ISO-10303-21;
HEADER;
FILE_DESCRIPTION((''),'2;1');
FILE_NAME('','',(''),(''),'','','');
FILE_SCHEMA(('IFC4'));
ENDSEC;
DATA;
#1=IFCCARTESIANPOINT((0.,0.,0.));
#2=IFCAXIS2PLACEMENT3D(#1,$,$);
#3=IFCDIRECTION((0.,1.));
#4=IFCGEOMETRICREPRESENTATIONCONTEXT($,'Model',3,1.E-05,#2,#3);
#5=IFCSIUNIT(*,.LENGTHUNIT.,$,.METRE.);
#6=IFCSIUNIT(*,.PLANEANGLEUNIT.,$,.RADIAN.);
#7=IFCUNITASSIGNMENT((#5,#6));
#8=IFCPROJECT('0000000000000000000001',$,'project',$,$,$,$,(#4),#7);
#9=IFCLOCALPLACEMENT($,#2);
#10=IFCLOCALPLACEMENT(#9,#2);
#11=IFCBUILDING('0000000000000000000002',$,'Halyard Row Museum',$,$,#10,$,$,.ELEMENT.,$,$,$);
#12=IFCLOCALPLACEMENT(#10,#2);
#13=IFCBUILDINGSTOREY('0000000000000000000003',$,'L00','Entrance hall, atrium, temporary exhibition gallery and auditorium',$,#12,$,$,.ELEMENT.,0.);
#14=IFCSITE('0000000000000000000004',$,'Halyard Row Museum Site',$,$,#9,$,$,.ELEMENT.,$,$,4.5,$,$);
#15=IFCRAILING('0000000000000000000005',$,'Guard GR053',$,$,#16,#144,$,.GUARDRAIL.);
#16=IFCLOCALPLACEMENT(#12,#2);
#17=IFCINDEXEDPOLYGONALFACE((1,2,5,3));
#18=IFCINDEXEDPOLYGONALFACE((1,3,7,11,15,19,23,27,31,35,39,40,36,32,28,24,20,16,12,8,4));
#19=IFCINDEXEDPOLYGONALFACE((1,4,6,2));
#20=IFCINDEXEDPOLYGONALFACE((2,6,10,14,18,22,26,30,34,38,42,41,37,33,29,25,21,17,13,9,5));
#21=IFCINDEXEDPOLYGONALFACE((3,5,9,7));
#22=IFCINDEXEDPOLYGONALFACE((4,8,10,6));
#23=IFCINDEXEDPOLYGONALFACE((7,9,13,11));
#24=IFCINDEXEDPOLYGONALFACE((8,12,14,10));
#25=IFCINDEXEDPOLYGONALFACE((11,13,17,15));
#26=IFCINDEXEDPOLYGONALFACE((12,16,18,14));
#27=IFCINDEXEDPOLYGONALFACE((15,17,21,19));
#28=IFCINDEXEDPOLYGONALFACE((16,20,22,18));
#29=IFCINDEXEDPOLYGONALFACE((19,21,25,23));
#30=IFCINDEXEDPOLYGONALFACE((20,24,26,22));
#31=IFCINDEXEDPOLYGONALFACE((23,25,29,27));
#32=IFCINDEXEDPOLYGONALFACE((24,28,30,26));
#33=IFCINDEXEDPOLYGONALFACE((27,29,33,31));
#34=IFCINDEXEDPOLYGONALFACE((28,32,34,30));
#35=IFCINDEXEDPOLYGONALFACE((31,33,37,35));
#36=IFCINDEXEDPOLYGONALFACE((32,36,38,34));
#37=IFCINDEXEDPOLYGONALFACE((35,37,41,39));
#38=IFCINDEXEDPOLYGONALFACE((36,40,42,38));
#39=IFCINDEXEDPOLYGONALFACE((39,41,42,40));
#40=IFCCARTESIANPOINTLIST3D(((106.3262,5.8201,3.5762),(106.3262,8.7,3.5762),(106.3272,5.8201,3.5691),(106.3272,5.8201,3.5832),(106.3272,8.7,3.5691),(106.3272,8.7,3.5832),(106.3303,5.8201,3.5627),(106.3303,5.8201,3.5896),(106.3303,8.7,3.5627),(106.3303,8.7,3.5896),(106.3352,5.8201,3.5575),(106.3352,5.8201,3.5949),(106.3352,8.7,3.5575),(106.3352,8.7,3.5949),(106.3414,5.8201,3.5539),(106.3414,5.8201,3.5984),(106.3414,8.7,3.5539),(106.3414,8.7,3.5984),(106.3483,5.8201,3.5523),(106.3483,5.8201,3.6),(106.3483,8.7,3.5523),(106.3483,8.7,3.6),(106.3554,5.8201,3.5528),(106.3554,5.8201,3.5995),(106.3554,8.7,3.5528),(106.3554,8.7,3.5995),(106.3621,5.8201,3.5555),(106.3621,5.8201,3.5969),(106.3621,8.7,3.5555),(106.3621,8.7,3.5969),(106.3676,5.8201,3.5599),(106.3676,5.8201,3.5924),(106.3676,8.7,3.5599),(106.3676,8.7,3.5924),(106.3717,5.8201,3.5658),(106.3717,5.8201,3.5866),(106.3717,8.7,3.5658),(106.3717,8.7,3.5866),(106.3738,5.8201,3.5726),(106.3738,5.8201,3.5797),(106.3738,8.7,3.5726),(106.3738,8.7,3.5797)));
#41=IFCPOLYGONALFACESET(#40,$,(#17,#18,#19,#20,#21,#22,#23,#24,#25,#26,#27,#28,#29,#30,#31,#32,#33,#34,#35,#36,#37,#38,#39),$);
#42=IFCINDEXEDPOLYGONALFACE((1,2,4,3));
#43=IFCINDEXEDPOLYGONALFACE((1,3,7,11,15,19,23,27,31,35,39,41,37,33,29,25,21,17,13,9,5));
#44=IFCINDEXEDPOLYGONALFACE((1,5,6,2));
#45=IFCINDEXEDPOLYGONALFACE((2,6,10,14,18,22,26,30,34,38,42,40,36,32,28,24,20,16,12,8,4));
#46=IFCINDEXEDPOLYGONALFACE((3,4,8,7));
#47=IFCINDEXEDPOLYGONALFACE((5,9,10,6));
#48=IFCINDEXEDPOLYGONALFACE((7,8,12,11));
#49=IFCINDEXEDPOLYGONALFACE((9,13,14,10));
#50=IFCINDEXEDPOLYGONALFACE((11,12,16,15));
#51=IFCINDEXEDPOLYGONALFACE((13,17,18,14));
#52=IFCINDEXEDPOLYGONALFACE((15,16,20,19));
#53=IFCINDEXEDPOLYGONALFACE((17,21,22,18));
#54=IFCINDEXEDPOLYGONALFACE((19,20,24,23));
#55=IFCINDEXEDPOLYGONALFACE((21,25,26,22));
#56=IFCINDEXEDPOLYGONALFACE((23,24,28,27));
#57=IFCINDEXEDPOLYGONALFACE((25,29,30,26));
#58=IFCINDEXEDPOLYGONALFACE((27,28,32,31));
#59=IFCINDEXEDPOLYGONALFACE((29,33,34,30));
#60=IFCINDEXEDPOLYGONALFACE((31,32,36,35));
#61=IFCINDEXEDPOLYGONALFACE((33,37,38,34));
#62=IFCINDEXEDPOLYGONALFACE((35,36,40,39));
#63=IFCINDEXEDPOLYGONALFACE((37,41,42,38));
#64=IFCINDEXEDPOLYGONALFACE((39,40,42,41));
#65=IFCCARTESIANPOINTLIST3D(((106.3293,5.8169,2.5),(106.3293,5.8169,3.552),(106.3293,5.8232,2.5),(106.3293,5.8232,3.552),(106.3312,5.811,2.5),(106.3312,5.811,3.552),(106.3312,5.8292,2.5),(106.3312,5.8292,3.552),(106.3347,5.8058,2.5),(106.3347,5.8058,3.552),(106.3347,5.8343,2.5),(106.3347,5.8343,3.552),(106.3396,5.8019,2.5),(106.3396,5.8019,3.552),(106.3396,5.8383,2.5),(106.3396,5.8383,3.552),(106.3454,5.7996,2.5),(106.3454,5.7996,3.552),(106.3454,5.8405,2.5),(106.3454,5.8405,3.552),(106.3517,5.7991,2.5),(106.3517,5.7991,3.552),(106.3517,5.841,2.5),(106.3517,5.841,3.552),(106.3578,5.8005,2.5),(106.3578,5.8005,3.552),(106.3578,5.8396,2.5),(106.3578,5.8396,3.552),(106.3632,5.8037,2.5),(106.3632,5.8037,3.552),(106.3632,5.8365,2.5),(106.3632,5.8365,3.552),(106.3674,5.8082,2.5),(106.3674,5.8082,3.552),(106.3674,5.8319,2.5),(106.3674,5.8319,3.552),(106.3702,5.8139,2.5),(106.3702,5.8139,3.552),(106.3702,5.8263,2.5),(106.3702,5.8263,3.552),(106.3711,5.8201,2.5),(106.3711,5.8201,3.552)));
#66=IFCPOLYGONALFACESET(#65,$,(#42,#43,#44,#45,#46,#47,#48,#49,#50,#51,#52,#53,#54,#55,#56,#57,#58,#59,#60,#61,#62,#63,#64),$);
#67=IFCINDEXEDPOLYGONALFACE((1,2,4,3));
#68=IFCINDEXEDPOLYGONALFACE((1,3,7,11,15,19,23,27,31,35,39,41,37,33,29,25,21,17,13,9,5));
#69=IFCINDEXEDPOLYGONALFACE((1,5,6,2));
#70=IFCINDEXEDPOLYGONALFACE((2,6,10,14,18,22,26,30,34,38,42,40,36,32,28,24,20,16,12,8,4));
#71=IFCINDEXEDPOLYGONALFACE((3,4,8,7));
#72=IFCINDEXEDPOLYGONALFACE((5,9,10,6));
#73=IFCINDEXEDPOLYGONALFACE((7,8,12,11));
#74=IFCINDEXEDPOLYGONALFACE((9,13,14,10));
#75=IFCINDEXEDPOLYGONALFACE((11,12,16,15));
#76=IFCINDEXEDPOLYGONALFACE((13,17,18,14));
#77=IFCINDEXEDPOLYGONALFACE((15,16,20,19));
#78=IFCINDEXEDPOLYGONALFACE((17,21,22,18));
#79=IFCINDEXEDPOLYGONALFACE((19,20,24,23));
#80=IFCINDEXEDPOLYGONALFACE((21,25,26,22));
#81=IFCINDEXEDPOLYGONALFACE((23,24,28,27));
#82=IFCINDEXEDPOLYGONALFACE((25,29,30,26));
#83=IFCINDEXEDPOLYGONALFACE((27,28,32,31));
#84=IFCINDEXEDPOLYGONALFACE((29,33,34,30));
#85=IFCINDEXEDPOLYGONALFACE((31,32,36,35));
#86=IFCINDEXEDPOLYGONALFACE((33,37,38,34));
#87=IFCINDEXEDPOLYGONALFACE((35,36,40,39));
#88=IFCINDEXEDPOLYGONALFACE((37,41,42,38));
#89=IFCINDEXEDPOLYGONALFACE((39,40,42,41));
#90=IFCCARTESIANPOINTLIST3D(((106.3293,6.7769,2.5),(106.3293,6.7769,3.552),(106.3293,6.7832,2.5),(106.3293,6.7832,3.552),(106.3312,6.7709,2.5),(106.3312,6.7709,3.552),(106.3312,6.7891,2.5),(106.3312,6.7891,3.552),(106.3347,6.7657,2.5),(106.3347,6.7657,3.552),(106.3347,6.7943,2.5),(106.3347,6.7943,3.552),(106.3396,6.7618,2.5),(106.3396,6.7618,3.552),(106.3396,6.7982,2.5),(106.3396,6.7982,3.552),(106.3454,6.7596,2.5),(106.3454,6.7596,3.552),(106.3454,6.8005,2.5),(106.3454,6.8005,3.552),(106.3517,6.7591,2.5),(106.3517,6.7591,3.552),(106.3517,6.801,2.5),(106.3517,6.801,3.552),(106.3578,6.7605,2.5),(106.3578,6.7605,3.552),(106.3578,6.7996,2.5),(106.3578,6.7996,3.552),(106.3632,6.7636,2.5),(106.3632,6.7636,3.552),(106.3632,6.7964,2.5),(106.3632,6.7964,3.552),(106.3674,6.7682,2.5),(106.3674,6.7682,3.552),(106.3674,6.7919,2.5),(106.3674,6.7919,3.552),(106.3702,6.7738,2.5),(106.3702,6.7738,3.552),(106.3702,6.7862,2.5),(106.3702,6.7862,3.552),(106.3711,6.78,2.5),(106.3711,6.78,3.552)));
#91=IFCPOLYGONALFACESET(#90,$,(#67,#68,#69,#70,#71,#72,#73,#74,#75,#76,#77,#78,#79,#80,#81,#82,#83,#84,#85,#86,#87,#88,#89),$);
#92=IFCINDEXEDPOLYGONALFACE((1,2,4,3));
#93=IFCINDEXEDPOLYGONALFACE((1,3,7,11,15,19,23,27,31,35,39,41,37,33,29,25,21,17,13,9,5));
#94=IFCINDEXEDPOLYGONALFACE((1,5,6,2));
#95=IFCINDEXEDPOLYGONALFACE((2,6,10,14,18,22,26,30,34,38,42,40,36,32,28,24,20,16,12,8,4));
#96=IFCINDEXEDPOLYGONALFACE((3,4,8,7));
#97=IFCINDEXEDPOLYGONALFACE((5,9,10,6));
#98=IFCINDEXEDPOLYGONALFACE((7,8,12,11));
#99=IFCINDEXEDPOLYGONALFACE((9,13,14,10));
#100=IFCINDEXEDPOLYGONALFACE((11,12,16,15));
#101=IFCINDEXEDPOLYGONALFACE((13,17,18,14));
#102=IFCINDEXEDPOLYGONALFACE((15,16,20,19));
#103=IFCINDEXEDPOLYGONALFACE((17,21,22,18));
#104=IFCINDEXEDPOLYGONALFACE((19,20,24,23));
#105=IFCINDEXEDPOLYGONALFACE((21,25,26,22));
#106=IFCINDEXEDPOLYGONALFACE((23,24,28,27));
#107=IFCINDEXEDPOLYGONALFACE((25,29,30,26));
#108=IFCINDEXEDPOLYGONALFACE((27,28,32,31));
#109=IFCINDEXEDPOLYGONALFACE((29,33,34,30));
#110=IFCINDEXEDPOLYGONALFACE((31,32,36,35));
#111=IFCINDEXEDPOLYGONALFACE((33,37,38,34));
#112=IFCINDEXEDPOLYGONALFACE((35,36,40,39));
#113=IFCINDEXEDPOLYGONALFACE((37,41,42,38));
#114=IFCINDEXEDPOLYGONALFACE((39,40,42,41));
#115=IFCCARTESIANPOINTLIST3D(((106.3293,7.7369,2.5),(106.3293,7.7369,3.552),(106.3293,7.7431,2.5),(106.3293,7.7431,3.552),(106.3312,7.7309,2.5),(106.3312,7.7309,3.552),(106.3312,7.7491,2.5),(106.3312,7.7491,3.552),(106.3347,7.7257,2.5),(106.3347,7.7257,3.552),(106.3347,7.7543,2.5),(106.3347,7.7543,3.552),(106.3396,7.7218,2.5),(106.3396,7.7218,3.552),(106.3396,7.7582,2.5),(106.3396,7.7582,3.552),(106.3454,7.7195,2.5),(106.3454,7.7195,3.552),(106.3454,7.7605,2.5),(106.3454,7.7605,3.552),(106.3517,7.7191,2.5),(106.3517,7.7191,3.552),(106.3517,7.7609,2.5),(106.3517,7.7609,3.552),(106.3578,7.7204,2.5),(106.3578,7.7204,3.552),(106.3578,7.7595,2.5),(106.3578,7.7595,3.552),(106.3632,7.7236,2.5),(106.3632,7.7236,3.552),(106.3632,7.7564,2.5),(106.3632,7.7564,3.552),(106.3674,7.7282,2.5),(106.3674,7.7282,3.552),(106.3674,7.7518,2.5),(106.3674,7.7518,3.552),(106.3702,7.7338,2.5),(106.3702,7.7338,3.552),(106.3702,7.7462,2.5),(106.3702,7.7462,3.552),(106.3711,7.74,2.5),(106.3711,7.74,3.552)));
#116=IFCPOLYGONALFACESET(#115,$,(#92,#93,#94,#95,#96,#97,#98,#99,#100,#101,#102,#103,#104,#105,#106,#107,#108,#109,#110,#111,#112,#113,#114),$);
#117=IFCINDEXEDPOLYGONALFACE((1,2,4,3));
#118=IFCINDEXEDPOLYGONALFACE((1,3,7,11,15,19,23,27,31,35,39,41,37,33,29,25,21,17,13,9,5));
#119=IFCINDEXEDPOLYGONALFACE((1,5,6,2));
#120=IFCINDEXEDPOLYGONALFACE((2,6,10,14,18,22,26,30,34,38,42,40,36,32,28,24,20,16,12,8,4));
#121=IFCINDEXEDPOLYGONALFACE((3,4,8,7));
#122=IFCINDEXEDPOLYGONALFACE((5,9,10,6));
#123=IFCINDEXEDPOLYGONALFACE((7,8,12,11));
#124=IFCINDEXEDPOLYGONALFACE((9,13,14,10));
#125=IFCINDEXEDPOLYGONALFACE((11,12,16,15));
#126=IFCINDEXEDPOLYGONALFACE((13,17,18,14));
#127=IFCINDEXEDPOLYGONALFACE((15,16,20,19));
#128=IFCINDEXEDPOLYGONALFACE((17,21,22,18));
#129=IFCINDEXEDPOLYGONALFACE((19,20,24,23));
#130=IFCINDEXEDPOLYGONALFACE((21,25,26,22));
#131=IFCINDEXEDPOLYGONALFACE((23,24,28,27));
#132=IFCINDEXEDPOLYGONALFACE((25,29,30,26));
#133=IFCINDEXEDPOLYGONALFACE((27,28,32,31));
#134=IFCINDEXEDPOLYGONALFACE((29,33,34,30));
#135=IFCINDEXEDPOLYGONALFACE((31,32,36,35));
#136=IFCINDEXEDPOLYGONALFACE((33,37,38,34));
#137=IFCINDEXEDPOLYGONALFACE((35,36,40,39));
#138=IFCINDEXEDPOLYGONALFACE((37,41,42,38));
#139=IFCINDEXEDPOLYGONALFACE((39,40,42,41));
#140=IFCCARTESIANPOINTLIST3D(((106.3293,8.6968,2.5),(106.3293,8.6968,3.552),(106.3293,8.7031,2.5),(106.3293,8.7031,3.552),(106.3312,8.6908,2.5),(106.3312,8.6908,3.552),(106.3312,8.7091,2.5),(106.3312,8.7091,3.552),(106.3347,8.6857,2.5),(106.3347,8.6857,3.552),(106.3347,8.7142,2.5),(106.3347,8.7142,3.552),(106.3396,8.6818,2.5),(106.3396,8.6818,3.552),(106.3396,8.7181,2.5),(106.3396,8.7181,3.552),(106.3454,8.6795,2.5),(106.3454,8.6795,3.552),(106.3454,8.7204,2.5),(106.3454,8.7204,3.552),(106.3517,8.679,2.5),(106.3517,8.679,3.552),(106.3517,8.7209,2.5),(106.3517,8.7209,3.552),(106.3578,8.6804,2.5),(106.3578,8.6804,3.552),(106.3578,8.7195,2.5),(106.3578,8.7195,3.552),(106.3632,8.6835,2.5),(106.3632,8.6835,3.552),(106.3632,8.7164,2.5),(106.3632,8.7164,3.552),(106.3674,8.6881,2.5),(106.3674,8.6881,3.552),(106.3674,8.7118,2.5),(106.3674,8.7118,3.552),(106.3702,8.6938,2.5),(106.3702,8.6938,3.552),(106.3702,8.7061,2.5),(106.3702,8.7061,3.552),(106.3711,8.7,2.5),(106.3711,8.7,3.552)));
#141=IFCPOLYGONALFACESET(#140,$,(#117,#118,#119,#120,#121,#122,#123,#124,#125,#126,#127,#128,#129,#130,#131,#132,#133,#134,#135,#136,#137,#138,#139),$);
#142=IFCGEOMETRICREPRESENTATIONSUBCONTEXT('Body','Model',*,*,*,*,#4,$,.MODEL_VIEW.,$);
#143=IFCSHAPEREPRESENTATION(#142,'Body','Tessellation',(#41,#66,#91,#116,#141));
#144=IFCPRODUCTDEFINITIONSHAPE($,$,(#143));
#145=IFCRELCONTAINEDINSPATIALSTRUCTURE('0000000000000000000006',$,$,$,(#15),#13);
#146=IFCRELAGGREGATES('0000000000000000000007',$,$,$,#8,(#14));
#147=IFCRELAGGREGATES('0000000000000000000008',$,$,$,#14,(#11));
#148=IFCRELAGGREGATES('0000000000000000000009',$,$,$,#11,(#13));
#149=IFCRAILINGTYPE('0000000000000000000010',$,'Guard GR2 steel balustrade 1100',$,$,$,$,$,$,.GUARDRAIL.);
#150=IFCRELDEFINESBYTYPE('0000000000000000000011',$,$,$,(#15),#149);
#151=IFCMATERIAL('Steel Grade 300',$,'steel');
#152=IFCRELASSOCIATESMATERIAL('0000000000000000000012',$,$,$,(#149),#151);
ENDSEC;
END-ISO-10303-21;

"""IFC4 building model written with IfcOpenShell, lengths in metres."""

from ifc_helpers import new_model, si_unit, direction, frame, origin, origin_2d, place, context, subcontext, project, spatial, circle, extrude, material, type_object, element, save


model = new_model("IFC4")

# Units and contexts
model_context = context("Model", 3, precision=1e-05, world=origin(), true_north=direction((0.0, 1.0)))
body_context = subcontext(model_context, "Body", "Model", "MODEL_VIEW")
ifc_project = project(units=[si_unit("LENGTHUNIT", "METRE"), si_unit("PLANEANGLEUNIT", "RADIAN")], contexts=[model_context])

# Site, building, storey
site_placement = place(None, origin())
site = spatial("IfcSite", under=ifc_project, at=site_placement, Name="Halyard Row Museum Site", CompositionType="ELEMENT", RefElevation=4.5)
building_placement = place(site_placement, origin())
building = spatial("IfcBuilding", under=site, at=building_placement, Name="Halyard Row Museum", CompositionType="ELEMENT")
storey_placement = place(building_placement, origin())
storey = spatial("IfcBuildingStorey", under=building, at=storey_placement, Name="L00", Description="Entrance hall, atrium, temporary exhibition gallery and auditorium", CompositionType="ELEMENT", Elevation=0.0)

# Railing
ifc_material_1 = material(Name="Steel Grade 300", Category="steel")
railing_type_1 = type_object("IfcRailingType", Name="Guard GR2 steel balustrade 1100", PredefinedType="GUARDRAIL", material=ifc_material_1)
railing_1_placement = place(storey_placement, frame((106.3501, 5.8201, 2.5)))
element("IfcRailing", 1, at=railing_1_placement, inside=storey, type_object=railing_type_1, Name="Guard GR053", PredefinedType="GUARDRAIL", context=body_context, shape_type="SweptSolid", body=[
    extrude(circle(Radius=0.0239, at=origin_2d()), frame((0.0, 0.0, 1.0762), z_axis=(0.0, 1.0, 0.0), x_axis=(-1.0, 0.0, 0.0)), (0.0, 0.0, 1.0), 2.8799),
    extrude(circle(Radius=0.021, at=origin_2d()), origin(), (0.0, 0.0, 1.0), 1.052),
    extrude(circle(Radius=0.021, at=origin_2d()), frame((0.0, 0.96, 0.0)), (0.0, 0.0, 1.0), 1.052),
    extrude(circle(Radius=0.021, at=origin_2d()), frame((0.0, 1.9199, 0.0)), (0.0, 0.0, 1.0), 1.052),
    extrude(circle(Radius=0.021, at=origin_2d()), frame((0.0, 2.8799, 0.0)), (0.0, 0.0, 1.0), 1.052),
])

save(model, "model.ifc")
